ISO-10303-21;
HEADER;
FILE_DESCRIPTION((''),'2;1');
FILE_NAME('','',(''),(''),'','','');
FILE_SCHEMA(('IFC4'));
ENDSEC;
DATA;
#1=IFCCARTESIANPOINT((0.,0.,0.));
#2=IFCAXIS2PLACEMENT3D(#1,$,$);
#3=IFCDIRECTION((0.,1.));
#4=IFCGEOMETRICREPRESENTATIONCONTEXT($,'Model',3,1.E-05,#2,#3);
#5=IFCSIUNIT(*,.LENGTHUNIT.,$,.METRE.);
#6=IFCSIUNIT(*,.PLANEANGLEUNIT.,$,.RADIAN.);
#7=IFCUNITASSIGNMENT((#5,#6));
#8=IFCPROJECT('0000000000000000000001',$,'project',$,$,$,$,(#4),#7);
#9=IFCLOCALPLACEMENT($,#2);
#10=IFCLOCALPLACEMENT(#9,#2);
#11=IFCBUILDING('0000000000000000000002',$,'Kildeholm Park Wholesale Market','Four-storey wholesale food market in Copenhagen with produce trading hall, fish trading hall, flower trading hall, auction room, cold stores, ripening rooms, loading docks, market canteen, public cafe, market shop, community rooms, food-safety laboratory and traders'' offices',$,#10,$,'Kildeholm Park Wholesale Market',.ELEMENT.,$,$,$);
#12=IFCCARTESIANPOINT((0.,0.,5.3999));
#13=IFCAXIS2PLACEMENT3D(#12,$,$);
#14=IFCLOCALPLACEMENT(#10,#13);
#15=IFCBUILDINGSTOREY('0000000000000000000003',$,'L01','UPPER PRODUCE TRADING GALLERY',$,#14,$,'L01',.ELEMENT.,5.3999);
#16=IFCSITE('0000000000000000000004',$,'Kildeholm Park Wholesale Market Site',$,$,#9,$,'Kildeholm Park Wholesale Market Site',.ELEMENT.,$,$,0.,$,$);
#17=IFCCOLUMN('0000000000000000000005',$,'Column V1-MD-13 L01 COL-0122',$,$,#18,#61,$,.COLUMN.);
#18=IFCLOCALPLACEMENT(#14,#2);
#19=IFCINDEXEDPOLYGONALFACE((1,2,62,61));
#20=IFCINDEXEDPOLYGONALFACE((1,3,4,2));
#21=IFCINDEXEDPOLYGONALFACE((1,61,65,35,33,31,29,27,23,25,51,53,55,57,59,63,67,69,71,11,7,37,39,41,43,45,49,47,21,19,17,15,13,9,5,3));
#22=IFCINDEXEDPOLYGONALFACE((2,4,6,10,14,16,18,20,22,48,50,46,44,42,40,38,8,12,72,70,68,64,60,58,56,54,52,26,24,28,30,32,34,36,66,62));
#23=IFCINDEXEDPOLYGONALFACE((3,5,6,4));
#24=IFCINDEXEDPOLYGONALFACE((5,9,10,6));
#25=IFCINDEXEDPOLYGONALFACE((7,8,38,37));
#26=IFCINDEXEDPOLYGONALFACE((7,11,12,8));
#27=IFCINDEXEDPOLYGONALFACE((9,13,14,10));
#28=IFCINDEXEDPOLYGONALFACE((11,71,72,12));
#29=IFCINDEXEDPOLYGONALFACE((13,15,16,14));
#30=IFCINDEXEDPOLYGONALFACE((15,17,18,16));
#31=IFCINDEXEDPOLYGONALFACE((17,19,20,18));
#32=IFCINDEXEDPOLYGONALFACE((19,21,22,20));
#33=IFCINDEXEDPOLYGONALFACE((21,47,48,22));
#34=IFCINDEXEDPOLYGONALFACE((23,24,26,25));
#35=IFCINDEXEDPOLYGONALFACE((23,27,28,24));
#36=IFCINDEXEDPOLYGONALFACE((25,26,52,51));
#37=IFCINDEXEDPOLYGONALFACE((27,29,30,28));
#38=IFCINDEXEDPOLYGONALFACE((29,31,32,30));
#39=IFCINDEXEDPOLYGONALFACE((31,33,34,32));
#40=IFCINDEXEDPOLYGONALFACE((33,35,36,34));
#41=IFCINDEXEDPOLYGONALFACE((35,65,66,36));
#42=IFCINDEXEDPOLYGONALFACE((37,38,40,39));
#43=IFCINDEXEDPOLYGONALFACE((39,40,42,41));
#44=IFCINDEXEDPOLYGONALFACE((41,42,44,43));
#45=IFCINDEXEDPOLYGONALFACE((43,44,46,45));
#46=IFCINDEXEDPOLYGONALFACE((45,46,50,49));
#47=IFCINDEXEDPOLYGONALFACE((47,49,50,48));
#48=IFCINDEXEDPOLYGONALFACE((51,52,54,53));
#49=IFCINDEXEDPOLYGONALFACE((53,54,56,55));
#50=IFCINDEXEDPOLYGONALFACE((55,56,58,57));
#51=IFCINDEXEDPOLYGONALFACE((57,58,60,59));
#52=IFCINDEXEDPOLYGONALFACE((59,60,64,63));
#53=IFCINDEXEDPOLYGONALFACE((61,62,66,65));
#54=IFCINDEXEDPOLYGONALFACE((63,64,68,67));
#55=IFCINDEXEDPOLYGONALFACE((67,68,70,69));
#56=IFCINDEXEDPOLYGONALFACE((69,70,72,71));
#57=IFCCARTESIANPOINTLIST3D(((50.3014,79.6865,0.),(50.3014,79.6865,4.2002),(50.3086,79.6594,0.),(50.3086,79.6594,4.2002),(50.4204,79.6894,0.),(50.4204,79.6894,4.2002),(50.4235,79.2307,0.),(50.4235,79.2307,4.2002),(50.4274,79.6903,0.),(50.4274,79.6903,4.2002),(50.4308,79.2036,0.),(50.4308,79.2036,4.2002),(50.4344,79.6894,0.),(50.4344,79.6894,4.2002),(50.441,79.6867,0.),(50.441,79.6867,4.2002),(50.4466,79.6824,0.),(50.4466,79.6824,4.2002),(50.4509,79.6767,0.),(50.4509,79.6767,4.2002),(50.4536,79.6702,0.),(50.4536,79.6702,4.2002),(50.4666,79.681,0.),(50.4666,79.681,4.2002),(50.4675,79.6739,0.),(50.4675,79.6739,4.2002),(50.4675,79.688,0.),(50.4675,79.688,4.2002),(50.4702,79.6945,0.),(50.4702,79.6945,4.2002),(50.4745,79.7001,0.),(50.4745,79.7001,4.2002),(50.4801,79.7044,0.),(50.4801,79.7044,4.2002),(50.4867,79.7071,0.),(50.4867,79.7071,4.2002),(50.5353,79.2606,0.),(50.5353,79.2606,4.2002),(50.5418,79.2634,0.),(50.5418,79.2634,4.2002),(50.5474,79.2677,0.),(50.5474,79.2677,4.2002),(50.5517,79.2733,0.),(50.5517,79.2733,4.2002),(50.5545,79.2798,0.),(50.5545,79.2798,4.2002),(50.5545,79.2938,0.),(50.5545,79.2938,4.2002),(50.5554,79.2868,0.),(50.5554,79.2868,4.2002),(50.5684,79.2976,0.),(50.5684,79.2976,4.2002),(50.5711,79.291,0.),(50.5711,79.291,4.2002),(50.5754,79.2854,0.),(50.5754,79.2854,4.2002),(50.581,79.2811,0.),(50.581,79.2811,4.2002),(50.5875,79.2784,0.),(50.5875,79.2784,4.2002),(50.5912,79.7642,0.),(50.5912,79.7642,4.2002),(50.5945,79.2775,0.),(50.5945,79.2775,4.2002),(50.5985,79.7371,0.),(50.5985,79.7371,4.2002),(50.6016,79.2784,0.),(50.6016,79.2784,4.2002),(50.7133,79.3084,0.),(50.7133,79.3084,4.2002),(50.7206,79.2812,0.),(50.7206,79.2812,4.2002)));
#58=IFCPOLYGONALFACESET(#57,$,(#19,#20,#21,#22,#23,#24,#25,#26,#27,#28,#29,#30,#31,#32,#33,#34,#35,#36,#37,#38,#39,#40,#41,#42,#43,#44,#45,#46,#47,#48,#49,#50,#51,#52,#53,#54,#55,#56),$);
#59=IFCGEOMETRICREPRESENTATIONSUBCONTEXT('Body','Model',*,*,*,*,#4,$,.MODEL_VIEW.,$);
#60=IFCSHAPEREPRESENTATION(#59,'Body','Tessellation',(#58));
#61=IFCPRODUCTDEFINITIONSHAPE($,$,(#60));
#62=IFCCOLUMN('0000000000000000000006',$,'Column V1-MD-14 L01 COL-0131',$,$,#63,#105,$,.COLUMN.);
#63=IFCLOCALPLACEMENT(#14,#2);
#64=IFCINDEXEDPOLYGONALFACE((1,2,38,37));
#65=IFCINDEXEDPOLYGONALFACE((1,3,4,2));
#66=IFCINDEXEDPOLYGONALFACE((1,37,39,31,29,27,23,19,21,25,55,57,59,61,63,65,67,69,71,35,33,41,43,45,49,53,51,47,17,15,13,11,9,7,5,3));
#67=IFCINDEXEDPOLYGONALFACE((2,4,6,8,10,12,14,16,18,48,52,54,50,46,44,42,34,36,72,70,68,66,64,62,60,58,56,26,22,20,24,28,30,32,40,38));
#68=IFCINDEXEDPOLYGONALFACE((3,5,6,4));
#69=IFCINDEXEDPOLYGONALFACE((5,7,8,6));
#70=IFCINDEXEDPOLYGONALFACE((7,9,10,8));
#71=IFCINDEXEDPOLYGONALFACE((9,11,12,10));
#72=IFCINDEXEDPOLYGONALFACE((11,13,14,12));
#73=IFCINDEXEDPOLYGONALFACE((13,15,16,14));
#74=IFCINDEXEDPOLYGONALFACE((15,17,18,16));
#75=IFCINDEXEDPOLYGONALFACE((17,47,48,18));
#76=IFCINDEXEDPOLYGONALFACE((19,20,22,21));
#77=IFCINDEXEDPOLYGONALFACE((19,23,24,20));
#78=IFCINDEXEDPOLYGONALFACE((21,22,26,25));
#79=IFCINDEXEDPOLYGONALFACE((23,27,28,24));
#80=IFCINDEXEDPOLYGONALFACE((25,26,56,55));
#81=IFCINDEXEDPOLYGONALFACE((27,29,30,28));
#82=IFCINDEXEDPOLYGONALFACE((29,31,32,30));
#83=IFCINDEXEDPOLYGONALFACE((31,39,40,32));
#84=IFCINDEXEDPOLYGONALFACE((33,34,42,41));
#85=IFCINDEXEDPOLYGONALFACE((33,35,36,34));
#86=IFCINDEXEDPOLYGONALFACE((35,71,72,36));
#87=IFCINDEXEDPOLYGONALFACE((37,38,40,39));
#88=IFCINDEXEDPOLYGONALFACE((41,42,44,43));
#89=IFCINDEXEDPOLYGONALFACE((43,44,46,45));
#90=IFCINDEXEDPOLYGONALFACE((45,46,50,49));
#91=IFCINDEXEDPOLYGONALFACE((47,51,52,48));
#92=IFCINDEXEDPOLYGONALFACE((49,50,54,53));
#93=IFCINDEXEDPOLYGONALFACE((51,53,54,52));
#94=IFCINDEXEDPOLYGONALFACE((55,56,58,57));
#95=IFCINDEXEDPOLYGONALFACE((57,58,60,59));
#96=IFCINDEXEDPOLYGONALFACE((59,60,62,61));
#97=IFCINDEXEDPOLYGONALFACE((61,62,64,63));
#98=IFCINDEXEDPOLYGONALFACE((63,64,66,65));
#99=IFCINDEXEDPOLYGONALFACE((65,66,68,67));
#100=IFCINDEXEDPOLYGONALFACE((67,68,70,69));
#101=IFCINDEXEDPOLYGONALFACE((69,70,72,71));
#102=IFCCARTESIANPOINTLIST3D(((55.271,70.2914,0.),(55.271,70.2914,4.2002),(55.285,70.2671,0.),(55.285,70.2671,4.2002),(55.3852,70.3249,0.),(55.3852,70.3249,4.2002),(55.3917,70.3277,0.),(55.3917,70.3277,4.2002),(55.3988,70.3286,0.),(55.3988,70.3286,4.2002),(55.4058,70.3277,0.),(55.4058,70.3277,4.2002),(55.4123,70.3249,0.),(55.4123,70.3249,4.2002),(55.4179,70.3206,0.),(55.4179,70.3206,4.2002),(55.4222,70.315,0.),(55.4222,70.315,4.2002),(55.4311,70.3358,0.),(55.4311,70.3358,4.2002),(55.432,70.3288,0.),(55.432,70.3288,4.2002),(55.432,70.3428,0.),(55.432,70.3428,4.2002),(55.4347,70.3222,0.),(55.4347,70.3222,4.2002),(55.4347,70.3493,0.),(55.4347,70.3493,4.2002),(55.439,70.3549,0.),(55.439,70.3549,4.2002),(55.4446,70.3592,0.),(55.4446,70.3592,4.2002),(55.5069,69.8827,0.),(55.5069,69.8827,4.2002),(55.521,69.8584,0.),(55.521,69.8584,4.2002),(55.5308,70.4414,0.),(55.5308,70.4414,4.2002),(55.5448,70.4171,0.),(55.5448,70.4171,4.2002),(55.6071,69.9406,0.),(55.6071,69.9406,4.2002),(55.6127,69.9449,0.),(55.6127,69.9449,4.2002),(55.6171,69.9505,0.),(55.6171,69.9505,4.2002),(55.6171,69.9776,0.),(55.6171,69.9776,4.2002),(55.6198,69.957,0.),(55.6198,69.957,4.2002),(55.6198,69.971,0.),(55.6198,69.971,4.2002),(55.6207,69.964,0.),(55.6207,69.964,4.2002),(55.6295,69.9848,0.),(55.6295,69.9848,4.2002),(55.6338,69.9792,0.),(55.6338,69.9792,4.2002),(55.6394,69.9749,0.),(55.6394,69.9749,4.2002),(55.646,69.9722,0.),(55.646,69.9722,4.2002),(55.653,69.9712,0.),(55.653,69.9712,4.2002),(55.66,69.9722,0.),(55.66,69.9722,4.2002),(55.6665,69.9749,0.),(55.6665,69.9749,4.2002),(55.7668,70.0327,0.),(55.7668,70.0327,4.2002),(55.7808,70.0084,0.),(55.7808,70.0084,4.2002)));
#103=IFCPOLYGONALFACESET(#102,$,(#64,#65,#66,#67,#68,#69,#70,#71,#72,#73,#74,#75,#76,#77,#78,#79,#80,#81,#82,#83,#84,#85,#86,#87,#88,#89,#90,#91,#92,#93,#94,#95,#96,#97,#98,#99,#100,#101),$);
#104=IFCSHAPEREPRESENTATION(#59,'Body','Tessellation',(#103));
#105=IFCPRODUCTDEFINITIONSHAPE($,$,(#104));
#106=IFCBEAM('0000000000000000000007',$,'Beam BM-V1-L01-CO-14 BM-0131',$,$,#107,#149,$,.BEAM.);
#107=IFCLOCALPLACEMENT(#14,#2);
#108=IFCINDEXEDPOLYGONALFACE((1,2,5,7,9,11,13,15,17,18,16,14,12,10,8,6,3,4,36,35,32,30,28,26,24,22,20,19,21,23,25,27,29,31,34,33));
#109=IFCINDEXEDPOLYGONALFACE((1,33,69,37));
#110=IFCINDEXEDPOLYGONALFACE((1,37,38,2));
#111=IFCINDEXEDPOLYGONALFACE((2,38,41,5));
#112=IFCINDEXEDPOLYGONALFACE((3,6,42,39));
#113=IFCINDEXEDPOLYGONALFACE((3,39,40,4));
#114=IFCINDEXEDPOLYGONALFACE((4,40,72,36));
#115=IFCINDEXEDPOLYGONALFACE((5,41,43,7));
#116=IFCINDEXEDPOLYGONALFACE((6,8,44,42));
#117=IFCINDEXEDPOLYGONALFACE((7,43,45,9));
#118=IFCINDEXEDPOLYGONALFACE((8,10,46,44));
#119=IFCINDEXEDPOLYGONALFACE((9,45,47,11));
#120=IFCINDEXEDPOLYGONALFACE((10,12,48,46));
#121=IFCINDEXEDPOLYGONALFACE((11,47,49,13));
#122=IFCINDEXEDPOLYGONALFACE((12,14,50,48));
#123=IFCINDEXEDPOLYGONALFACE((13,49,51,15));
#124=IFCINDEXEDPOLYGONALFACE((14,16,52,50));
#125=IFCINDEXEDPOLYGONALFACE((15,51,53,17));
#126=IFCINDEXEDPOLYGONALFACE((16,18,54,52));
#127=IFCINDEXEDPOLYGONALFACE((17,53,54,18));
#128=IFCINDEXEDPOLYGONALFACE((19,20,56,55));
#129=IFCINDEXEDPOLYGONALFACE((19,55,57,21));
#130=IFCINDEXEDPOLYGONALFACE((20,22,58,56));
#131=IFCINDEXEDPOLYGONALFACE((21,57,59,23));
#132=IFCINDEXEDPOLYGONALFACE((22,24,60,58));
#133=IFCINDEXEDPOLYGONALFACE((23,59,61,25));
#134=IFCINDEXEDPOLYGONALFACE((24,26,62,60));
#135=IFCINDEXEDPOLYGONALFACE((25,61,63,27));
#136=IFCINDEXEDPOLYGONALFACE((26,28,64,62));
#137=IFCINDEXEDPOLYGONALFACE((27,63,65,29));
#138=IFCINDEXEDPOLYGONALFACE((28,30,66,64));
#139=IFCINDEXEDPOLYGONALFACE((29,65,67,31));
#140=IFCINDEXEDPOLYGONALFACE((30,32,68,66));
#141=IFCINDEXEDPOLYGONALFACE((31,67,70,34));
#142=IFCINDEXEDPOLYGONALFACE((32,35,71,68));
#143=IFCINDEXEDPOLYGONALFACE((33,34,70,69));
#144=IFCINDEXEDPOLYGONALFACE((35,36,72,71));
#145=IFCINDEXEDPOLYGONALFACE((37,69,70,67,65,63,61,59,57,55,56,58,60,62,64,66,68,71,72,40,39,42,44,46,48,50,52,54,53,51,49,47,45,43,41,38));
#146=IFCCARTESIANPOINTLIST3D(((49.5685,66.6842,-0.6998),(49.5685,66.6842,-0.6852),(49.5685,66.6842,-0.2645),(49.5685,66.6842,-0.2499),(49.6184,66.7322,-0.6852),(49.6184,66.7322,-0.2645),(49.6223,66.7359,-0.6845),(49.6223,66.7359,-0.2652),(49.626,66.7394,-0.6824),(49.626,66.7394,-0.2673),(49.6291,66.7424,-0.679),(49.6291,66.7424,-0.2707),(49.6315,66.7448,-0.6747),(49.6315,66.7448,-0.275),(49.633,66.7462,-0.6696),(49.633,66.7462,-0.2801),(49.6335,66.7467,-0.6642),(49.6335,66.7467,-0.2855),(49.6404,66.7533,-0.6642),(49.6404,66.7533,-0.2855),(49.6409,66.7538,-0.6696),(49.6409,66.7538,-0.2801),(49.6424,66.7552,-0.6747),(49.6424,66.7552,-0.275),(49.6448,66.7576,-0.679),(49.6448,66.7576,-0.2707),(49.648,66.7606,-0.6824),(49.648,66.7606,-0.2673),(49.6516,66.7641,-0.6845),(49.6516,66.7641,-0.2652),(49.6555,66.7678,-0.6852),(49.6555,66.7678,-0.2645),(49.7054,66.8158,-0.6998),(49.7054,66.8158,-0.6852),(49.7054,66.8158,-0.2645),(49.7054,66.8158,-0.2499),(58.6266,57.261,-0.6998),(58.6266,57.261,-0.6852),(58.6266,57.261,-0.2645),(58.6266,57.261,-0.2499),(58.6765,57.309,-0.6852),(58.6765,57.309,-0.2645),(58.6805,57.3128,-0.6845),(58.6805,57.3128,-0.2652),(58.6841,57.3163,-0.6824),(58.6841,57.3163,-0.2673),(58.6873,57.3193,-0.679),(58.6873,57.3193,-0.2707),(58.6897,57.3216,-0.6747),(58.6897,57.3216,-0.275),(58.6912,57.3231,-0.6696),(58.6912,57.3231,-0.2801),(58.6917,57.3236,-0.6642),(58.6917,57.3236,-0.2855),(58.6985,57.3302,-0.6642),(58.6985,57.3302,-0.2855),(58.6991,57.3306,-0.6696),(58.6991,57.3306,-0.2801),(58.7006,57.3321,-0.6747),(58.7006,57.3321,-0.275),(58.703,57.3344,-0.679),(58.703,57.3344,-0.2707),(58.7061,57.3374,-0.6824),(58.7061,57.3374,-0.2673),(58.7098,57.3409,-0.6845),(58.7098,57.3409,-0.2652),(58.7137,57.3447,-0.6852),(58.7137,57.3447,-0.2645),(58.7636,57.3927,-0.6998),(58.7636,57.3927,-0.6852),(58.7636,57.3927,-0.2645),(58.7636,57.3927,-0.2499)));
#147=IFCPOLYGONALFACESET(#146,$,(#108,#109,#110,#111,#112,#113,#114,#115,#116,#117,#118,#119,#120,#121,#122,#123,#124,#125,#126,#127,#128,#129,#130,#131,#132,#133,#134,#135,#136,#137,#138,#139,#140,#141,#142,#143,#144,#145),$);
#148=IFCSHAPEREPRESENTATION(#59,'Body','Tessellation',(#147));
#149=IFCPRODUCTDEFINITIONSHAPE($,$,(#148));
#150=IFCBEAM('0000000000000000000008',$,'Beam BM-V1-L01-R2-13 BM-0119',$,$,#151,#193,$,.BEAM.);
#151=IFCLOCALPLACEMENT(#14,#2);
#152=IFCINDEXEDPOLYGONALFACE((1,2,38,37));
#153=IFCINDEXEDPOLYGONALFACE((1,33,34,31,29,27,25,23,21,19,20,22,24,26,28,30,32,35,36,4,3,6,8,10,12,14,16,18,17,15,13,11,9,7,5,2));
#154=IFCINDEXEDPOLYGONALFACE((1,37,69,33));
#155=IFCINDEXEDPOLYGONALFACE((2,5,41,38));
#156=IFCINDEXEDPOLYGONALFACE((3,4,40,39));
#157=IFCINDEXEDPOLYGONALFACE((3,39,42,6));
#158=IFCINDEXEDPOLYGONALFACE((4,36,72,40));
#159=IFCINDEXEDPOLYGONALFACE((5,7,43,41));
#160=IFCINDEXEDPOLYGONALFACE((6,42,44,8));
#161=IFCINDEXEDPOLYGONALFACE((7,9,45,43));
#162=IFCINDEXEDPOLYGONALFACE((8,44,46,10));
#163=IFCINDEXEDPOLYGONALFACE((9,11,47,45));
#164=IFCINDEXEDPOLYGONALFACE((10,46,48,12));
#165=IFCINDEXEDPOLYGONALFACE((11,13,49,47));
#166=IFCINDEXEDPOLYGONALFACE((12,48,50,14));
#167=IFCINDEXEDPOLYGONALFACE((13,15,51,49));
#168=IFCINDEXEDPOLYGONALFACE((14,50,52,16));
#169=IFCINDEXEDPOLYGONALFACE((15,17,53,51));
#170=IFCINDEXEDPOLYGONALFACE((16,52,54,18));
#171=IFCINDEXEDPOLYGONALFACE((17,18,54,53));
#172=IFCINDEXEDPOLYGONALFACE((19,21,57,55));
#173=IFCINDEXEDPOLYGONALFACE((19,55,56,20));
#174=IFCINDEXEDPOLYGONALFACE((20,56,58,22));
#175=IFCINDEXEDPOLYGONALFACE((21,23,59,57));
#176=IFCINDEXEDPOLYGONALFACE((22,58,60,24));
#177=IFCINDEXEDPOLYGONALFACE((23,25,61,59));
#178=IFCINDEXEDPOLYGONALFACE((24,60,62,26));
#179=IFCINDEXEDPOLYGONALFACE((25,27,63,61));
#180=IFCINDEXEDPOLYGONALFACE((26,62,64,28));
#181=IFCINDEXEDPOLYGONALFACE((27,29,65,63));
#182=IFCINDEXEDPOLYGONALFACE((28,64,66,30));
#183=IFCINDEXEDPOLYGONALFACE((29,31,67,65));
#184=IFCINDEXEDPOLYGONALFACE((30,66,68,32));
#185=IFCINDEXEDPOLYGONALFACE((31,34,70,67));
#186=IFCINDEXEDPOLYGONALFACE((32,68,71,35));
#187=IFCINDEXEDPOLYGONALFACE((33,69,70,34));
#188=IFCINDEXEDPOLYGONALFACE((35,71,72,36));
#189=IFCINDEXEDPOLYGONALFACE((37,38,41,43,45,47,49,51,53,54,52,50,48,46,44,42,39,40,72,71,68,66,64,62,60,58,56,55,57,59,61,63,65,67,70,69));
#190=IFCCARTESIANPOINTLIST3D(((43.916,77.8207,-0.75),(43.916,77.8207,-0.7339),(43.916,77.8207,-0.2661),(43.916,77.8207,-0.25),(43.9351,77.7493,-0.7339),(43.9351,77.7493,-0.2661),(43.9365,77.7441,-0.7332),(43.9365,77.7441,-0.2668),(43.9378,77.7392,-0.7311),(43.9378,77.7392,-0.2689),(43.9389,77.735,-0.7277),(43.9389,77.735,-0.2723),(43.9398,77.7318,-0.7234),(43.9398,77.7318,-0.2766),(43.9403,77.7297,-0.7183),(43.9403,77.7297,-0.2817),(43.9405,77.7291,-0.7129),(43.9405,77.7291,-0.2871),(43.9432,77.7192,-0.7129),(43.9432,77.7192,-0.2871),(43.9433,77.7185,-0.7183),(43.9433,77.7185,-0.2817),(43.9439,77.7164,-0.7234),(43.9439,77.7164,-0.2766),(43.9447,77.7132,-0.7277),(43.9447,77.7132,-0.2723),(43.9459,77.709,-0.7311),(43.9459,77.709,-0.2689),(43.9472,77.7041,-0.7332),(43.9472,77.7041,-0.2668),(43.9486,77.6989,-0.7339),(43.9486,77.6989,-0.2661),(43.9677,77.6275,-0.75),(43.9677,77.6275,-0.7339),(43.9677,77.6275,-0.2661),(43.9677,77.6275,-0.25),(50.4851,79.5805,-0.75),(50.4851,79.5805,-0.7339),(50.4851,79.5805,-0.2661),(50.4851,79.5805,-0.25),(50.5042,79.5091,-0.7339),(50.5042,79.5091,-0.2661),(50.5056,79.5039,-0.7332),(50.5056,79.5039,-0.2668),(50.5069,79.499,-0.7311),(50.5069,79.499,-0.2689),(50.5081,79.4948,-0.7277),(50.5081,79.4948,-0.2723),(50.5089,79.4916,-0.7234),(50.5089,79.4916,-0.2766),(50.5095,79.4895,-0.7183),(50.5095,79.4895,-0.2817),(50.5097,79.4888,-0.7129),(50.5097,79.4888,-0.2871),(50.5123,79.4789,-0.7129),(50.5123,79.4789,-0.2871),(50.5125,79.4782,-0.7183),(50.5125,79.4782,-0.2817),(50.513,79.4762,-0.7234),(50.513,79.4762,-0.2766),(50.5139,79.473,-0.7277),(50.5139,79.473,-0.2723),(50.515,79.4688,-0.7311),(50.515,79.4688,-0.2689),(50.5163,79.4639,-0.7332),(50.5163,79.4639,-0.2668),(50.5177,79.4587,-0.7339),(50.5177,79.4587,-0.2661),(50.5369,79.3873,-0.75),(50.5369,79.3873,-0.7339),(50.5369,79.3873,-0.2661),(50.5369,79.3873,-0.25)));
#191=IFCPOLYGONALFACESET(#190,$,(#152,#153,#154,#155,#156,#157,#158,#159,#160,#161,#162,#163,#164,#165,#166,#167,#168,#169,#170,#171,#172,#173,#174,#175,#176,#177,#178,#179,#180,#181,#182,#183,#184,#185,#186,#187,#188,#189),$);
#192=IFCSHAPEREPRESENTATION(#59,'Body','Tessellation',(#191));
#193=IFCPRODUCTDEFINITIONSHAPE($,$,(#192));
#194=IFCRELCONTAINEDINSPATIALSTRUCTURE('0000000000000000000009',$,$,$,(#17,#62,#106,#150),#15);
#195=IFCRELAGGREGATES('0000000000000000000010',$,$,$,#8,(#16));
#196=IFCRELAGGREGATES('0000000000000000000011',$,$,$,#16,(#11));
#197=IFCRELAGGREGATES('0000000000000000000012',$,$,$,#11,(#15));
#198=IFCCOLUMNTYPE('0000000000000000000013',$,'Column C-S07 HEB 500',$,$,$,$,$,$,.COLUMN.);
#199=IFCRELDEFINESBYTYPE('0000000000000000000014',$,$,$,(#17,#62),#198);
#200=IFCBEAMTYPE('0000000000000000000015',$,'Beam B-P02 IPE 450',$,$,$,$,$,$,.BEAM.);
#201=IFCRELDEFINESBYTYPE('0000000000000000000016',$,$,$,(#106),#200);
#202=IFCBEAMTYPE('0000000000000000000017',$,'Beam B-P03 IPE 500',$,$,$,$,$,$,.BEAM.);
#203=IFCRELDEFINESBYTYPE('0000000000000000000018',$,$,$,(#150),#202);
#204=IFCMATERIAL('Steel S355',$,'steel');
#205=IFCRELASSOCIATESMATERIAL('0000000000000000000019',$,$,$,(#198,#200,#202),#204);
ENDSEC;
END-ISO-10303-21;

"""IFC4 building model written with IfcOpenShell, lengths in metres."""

from ifc_helpers import new_model, si_unit, direction, frame, origin, origin_2d, place, context, subcontext, project, spatial, i_section, extrude, material, material_profile, profile_set, type_object, element, save


model = new_model("IFC4")

# Units and contexts
model_context = context("Model", 3, precision=1e-05, world=origin(), true_north=direction((0.0, 1.0)))
body_context = subcontext(model_context, "Body", "Model", "MODEL_VIEW")
ifc_project = project(units=[si_unit("LENGTHUNIT", "METRE"), si_unit("PLANEANGLEUNIT", "RADIAN")], contexts=[model_context])

# Site, building, storey
site_placement = place(None, origin())
site = spatial("IfcSite", under=ifc_project, at=site_placement, Name="Kildeholm Park Wholesale Market Site", LongName="Kildeholm Park Wholesale Market Site", CompositionType="ELEMENT", RefElevation=0.0)
building_placement = place(site_placement, origin())
building = spatial("IfcBuilding", under=site, at=building_placement, Name="Kildeholm Park Wholesale Market", Description="Four-storey wholesale food market in Copenhagen with produce trading hall, fish trading hall, flower trading hall, auction room, cold stores, ripening rooms, loading docks, market canteen, public cafe, market shop, community rooms, food-safety laboratory and traders' offices", LongName="Kildeholm Park Wholesale Market", CompositionType="ELEMENT")
storey_placement = place(building_placement, frame((0.0, 0.0, 5.3999)))
storey = spatial("IfcBuildingStorey", under=building, at=storey_placement, Name="L01", Description="UPPER PRODUCE TRADING GALLERY", LongName="L01", CompositionType="ELEMENT", Elevation=5.3999)

# Columns
ifc_material_1 = material(Name="Steel S355", Category="steel")
ifc_material_profile_1 = material_profile(ifc_material_1, i_section(OverallWidth=0.3, OverallDepth=0.5, WebThickness=0.0144, FlangeThickness=0.0281, FilletRadius=0.0271, at=origin_2d()), Name="HEB 500")
ifc_profile_set_1 = profile_set([ifc_material_profile_1], Name="Steel S355")
column_type = type_object("IfcColumnType", Name="Column C-S07 HEB 500", PredefinedType="COLUMN", material=ifc_profile_set_1)
for number, where, z_axis, x_axis, name in (
    (1, (50.511, 79.4839, 0.0), (0.0, 0.0, 1.0), (-0.965926, -0.258819, 0.0), "Column V1-MD-13 L01 COL-0122"),
    (2, (55.5259, 70.1499, 0.0), (0.0, 0.0, 1.0), (-0.866025, -0.5, 0.0), "Column V1-MD-14 L01 COL-0131"),
):
    element("IfcColumn", number, at=place(storey_placement, frame(where, z_axis=z_axis, x_axis=x_axis)), inside=storey, type_object=column_type, Name=name, PredefinedType="COLUMN", context=body_context, shape_type="SweptSolid", body=[
        extrude(i_section(OverallWidth=0.3, OverallDepth=0.5, WebThickness=0.0144, FlangeThickness=0.0281, FilletRadius=0.0271, at=origin_2d()), origin(), (0.0, 0.0, 1.0), 4.2002),
    ])

# Beams
ifc_material_profile_2 = material_profile(ifc_material_1, i_section(OverallWidth=0.1899, OverallDepth=0.45, WebThickness=0.0095, FlangeThickness=0.0146, FilletRadius=0.021, at=origin_2d()), Name="IPE 450")
ifc_profile_set_2 = profile_set([ifc_material_profile_2], Name="Steel S355")
beam_type_1 = type_object("IfcBeamType", Name="Beam B-P02 IPE 450", PredefinedType="BEAM", material=ifc_profile_set_2)
beam_1_placement = place(storey_placement, frame((49.637, 66.75, -0.4749), z_axis=(0.693007, -0.720931, 0.0), x_axis=(0.720931, 0.693007, 0.0)))
element("IfcBeam", 3, at=beam_1_placement, inside=storey, type_object=beam_type_1, Name="Beam BM-V1-L01-CO-14 BM-0131", PredefinedType="BEAM", context=body_context, shape_type="SweptSolid", body=[
    extrude(i_section(OverallWidth=0.1899, OverallDepth=0.45, WebThickness=0.0095, FlangeThickness=0.0146, FilletRadius=0.021, at=origin_2d()), origin(), (0.0, 0.0, 1.0), 13.0708),
])
ifc_material_profile_3 = material_profile(ifc_material_1, i_section(OverallWidth=0.2, OverallDepth=0.5, WebThickness=0.0103, FlangeThickness=0.0161, FilletRadius=0.021, at=origin_2d()), Name="IPE 500")
ifc_profile_set_3 = profile_set([ifc_material_profile_3], Name="Steel S355")
beam_type_2 = type_object("IfcBeamType", Name="Beam B-P03 IPE 500", PredefinedType="BEAM", material=ifc_profile_set_3)
beam_2_placement = place(storey_placement, frame((50.511, 79.4839, -0.5), z_axis=(-0.965941, -0.258762, 0.0), x_axis=(0.258762, -0.965941, 0.0)))
element("IfcBeam", 4, at=beam_2_placement, inside=storey, type_object=beam_type_2, Name="Beam BM-V1-L01-R2-13 BM-0119", PredefinedType="BEAM", context=body_context, shape_type="SweptSolid", body=[
    extrude(i_section(OverallWidth=0.2, OverallDepth=0.5, WebThickness=0.0103, FlangeThickness=0.0161, FilletRadius=0.021, at=origin_2d()), origin(), (0.0, 0.0, 1.0), 6.8008),
])

save(model, "model.ifc")
